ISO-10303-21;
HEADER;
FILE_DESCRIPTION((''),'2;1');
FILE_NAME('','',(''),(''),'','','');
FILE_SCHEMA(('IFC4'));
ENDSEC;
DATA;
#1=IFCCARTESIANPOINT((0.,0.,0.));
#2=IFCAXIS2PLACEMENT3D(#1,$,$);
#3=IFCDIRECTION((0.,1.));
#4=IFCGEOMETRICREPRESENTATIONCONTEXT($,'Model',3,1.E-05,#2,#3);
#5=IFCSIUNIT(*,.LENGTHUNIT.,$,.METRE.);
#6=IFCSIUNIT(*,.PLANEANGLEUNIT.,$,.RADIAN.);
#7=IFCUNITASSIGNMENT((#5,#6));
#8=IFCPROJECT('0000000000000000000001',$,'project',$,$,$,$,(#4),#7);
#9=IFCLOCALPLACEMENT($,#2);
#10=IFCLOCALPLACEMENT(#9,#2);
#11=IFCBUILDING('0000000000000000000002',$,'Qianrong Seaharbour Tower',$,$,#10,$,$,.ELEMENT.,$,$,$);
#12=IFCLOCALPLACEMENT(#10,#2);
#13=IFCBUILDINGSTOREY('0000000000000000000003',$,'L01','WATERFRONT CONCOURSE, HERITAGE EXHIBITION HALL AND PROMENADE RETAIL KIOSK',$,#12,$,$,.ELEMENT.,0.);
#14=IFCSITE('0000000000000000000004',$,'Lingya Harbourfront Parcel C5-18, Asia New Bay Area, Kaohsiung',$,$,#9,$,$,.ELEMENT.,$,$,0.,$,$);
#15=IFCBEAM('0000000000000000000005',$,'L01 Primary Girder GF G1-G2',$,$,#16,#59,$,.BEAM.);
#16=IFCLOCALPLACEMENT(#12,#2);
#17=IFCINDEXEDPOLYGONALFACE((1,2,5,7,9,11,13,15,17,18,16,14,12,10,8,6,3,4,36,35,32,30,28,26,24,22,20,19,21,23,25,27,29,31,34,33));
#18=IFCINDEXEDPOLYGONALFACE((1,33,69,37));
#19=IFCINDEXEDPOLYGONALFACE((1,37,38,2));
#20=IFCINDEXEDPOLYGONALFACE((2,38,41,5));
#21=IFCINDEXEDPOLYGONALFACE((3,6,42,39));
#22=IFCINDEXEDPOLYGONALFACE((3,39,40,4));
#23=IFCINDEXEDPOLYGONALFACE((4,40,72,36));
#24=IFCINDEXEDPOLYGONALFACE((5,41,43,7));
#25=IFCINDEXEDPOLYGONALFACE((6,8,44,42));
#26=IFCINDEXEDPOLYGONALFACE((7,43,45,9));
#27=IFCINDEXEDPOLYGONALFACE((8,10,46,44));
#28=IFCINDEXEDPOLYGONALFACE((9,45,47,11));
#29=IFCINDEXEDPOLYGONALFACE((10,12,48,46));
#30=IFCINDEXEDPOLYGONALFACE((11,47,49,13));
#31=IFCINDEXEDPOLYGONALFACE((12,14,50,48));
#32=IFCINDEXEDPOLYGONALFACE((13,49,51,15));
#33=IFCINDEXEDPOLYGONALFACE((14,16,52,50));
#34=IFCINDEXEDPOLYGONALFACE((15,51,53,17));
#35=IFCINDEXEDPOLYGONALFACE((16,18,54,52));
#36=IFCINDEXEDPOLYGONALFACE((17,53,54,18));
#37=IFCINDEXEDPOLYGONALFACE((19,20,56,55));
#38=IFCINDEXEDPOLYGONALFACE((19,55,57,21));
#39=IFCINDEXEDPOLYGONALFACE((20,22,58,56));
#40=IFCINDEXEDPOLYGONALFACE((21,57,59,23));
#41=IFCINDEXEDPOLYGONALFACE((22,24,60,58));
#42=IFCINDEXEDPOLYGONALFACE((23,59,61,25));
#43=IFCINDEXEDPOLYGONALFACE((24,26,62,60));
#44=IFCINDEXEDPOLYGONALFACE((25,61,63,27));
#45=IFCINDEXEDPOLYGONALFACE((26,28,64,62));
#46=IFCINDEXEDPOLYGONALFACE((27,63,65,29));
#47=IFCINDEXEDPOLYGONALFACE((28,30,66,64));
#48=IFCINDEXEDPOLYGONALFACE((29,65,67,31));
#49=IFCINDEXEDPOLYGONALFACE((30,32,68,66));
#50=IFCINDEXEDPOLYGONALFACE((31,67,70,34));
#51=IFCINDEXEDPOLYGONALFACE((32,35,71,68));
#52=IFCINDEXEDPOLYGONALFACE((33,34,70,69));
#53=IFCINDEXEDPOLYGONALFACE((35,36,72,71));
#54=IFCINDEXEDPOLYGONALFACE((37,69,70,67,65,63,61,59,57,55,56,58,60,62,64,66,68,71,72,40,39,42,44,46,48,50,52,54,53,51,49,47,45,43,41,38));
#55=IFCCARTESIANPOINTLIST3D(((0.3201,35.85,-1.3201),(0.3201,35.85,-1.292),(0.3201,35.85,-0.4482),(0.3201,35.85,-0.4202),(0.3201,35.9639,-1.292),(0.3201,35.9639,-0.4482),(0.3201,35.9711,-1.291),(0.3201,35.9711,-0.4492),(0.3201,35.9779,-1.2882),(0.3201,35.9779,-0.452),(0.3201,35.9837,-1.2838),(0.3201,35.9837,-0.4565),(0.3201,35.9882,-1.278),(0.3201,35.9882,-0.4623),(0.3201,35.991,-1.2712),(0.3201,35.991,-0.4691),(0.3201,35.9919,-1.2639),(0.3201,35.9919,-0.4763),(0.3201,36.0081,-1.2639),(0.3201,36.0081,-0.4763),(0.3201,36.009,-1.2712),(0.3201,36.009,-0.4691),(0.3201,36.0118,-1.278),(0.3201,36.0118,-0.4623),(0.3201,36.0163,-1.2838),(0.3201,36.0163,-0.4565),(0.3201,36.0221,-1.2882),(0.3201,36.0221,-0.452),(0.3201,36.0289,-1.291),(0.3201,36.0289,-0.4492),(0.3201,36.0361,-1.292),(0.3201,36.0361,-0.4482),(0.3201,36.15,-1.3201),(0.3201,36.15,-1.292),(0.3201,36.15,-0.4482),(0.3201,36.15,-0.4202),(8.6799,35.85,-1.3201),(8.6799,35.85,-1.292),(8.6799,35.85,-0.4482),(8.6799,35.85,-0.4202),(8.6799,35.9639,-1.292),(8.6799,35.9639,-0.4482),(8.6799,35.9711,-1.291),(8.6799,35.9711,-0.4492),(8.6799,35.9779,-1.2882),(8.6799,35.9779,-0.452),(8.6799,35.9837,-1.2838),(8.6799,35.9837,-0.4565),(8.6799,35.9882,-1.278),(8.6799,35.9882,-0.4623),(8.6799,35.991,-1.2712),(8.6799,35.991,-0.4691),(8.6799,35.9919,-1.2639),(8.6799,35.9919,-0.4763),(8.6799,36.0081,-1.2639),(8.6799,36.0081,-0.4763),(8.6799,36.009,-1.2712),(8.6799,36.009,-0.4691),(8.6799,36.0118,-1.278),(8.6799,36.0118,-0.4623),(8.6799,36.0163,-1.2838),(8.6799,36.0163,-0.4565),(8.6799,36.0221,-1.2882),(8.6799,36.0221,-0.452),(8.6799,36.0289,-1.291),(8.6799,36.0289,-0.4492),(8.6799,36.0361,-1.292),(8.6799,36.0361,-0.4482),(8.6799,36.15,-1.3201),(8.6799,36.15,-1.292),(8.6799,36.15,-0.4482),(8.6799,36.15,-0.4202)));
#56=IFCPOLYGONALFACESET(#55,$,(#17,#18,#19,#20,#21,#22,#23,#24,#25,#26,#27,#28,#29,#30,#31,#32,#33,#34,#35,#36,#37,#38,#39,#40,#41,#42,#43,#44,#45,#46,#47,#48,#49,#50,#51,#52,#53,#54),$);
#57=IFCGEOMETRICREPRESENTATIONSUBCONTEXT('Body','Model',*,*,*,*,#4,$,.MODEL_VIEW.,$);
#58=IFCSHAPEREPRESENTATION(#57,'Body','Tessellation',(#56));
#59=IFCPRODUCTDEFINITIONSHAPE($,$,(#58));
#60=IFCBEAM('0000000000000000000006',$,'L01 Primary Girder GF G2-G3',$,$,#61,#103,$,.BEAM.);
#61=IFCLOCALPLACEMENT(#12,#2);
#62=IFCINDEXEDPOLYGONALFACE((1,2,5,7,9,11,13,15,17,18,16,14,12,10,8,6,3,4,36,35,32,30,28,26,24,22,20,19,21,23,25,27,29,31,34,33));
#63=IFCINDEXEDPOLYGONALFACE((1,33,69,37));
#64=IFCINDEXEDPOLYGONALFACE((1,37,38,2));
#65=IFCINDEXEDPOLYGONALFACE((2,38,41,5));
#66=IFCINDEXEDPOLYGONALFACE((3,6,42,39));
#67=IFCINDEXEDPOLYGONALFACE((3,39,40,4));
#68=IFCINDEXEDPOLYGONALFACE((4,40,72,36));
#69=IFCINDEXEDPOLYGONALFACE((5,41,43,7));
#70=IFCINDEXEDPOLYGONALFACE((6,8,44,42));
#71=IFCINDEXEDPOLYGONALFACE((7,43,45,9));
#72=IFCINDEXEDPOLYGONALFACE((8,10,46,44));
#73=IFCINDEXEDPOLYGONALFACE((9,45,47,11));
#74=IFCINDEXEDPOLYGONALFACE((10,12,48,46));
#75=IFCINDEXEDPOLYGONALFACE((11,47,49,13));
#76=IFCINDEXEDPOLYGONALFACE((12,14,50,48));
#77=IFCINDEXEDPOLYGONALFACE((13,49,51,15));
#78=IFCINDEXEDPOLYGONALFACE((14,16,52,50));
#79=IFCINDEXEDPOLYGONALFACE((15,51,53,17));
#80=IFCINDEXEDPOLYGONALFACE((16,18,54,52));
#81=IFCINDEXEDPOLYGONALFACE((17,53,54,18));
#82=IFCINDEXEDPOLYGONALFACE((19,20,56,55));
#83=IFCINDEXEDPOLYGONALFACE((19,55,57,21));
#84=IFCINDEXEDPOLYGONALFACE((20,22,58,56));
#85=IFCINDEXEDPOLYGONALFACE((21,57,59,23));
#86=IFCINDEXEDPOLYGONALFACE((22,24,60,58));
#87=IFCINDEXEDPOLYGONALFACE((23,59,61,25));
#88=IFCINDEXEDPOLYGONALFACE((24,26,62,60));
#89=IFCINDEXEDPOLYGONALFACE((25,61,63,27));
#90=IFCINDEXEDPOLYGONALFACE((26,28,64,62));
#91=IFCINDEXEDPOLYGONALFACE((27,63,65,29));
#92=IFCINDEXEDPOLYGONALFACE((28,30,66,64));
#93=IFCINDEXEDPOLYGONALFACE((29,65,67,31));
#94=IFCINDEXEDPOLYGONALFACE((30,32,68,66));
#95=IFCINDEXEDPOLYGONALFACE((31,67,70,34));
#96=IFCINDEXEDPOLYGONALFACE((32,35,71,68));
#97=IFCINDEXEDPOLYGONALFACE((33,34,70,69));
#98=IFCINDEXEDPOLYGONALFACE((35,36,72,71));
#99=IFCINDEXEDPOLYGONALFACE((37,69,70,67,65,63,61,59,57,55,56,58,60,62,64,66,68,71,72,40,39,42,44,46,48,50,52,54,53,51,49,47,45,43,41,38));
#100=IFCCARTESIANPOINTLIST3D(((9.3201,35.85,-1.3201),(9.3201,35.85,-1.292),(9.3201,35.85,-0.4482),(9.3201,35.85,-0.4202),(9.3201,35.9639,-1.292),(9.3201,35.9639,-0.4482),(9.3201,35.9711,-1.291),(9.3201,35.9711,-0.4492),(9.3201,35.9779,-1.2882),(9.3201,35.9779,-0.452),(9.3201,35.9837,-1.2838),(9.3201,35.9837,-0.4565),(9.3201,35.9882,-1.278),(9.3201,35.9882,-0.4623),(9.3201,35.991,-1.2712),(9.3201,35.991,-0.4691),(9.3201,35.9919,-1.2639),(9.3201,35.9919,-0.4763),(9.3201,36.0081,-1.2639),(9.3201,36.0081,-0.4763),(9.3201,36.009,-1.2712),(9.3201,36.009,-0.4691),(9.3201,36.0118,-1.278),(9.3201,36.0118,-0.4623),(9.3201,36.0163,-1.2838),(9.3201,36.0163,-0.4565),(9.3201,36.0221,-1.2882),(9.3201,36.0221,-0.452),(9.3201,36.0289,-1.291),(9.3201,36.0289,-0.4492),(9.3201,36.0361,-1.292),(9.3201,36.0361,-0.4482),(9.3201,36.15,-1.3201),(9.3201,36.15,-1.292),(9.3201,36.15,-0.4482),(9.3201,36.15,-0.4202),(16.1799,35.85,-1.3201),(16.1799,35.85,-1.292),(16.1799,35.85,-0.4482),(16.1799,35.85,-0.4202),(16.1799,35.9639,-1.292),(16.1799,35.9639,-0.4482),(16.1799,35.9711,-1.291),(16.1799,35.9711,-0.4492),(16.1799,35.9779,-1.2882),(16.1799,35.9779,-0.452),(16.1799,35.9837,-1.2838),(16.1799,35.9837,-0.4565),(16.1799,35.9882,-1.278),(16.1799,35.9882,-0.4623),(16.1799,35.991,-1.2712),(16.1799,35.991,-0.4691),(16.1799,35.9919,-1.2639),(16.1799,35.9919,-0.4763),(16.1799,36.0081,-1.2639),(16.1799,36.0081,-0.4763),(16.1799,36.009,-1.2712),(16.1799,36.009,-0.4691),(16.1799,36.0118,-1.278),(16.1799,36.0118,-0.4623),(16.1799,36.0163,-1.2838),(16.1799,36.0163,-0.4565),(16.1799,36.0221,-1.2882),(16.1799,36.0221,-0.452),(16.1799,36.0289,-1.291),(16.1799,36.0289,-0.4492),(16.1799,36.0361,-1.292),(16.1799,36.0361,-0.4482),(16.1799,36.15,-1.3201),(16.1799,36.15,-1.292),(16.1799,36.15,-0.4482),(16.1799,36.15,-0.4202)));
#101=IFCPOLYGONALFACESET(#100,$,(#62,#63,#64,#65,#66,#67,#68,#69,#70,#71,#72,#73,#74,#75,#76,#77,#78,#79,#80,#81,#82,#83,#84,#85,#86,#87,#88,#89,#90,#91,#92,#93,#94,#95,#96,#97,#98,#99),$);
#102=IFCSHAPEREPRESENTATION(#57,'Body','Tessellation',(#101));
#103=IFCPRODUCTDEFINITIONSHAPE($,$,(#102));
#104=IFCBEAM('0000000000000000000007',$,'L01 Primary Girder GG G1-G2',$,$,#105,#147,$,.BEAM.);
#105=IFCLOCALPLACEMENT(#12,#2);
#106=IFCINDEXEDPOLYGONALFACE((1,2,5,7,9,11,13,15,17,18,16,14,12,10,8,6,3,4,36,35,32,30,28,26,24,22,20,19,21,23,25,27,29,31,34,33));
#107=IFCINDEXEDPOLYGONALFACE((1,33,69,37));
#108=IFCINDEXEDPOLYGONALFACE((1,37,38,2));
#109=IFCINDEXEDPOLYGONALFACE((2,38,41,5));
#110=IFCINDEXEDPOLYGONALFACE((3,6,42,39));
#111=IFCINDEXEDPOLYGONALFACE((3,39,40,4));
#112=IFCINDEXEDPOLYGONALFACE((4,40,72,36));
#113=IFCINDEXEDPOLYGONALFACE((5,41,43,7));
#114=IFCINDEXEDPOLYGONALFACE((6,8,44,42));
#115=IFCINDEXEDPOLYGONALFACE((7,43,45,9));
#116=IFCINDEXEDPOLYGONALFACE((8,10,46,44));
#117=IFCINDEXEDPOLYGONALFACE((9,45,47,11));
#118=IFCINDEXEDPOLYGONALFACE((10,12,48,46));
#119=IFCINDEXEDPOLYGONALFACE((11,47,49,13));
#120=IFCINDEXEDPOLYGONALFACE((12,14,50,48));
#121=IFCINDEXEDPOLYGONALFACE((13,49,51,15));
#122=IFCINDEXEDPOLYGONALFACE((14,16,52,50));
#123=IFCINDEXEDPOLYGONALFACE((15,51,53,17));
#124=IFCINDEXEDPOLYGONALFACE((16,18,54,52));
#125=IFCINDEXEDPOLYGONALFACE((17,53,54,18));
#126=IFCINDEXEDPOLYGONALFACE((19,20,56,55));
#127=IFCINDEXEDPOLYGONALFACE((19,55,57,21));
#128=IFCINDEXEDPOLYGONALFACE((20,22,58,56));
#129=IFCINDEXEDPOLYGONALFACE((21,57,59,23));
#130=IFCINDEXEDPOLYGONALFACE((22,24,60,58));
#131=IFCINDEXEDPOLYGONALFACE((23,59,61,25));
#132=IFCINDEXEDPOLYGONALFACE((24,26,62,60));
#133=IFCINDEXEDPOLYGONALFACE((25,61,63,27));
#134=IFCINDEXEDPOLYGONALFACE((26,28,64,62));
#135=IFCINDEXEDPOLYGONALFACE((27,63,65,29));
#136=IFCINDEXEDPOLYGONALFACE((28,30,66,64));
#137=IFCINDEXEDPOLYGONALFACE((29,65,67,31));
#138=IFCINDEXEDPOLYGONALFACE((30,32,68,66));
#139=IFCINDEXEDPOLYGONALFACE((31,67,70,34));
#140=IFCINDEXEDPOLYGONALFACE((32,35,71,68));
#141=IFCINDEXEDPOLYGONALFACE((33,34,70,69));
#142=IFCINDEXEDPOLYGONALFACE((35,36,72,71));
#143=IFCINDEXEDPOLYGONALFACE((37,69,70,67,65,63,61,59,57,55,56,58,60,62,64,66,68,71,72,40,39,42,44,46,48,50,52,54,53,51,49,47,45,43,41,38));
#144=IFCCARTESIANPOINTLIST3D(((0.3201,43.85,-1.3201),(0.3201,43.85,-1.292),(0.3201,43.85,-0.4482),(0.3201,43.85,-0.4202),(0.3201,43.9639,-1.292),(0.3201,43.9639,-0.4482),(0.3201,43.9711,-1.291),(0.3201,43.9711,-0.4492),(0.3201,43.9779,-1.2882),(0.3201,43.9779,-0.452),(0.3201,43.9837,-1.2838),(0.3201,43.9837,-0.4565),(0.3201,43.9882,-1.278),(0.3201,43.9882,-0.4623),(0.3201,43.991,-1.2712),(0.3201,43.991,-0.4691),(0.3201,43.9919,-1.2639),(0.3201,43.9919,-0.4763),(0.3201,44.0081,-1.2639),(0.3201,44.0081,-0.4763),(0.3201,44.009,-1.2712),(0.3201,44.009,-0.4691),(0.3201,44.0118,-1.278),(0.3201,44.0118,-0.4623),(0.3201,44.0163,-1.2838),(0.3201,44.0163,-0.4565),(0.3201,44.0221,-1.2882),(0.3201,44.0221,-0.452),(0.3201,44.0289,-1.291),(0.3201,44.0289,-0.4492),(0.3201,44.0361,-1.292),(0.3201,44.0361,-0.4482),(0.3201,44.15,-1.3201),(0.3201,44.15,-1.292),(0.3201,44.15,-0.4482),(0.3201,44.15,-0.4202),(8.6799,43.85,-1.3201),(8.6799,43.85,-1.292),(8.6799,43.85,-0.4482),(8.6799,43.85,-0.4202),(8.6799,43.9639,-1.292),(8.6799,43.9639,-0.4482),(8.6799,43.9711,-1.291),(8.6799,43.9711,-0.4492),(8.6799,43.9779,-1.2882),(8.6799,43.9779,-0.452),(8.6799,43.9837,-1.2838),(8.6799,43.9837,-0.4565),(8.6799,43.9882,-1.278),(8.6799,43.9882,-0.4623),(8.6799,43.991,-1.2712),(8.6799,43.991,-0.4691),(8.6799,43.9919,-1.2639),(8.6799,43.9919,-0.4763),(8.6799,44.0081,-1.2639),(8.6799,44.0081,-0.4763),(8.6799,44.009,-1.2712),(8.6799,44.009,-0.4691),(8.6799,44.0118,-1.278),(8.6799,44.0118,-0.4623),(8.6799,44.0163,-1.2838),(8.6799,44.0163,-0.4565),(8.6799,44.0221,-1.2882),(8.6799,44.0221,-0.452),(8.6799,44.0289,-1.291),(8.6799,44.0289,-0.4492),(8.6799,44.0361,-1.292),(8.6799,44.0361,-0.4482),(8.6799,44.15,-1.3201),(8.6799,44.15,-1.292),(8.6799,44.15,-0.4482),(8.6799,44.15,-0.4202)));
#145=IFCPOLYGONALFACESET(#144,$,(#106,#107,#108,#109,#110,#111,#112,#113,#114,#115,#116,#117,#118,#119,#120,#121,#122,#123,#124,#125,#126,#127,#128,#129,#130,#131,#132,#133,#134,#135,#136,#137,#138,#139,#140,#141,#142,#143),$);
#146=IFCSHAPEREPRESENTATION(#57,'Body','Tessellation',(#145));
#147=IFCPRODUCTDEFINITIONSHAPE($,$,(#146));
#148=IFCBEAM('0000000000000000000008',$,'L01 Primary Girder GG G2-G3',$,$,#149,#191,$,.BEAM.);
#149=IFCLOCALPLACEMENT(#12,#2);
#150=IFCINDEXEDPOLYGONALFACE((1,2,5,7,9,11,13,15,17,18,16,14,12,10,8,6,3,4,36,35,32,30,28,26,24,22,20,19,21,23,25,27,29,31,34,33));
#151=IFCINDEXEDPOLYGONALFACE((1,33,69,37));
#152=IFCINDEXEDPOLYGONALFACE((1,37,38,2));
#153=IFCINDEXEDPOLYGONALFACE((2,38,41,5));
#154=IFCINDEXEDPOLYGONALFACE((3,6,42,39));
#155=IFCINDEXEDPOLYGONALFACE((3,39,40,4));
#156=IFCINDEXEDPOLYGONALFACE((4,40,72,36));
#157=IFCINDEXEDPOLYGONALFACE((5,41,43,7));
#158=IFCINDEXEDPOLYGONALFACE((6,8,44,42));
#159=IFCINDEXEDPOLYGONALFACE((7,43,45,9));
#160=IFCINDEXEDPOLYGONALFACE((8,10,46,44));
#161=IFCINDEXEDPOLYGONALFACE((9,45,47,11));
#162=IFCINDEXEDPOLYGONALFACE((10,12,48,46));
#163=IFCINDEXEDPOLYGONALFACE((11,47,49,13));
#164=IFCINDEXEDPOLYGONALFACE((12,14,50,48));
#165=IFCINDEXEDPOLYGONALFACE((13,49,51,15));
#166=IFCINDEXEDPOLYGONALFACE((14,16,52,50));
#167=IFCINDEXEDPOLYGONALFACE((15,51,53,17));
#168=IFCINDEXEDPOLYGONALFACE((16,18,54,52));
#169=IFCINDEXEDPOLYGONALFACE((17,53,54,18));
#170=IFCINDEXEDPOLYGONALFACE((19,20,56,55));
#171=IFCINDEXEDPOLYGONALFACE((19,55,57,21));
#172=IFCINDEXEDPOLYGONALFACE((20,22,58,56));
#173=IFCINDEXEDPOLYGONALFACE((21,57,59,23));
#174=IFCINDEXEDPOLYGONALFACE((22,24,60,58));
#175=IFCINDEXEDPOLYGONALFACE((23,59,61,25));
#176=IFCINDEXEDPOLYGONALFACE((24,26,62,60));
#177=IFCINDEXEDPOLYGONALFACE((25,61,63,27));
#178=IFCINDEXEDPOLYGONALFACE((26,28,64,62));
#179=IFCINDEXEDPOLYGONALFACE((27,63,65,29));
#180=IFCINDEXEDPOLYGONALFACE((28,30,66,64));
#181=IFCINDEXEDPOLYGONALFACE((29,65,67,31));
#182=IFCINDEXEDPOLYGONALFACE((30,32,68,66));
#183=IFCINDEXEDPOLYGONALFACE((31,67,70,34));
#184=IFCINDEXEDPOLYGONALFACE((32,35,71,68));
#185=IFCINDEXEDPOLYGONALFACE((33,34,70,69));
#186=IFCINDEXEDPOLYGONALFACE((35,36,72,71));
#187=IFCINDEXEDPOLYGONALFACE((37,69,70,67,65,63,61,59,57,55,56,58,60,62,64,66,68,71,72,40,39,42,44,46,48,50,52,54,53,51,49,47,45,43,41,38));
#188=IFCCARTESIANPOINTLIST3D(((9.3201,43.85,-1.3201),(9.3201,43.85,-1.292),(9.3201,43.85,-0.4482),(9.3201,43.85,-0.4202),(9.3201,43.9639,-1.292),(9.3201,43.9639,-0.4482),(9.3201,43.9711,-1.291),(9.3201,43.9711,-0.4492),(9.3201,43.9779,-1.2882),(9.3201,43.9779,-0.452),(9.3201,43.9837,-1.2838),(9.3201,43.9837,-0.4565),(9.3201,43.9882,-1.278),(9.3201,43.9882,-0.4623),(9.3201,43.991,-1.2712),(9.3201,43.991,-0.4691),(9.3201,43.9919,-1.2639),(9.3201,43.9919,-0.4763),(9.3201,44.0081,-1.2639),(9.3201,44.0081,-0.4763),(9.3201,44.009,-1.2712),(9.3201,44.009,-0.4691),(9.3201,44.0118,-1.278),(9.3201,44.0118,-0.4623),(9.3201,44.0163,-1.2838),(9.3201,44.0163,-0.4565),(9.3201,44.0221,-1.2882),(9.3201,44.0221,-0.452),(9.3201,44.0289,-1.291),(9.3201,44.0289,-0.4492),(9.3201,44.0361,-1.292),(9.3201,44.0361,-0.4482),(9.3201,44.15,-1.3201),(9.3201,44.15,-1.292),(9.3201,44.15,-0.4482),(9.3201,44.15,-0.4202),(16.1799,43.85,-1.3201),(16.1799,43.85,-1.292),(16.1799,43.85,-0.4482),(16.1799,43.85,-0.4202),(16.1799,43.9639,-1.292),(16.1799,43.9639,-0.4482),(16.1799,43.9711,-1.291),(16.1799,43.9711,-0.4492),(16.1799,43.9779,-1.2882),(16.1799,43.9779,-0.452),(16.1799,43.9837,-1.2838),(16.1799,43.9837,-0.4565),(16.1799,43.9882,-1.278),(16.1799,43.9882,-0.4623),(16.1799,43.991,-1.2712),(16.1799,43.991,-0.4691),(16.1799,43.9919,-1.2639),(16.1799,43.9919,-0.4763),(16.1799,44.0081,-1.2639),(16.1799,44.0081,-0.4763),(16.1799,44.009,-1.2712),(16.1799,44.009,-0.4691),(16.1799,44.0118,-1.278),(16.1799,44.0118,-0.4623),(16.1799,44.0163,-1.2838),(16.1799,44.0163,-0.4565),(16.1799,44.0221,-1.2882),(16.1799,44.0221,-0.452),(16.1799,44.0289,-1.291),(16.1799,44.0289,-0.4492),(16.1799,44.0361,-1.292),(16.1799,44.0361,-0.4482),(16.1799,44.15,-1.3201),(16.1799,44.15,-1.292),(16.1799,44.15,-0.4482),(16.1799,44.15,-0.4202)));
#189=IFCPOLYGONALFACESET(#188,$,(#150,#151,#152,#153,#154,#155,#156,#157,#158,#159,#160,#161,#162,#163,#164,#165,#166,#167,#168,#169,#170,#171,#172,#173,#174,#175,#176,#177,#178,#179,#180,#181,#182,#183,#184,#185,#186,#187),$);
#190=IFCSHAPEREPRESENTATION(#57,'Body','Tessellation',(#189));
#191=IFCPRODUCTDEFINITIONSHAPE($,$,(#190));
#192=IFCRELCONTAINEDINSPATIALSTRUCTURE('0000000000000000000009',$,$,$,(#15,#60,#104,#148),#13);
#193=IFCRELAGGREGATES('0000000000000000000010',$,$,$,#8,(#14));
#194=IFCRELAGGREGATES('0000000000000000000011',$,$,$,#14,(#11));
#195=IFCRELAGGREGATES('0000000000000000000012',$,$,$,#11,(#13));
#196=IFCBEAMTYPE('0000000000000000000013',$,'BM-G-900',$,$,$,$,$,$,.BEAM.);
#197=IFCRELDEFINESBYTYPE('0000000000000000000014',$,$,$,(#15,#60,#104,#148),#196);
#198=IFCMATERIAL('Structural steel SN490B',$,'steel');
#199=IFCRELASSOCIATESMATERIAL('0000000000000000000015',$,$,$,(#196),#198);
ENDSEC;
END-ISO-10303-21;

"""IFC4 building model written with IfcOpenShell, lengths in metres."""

from ifc_helpers import new_model, si_unit, direction, frame, origin, origin_2d, place, context, subcontext, project, spatial, i_section, extrude, material, material_profile, profile_set, type_object, element, save


model = new_model("IFC4")

# Units and contexts
model_context = context("Model", 3, precision=1e-05, world=origin(), true_north=direction((0.0, 1.0)))
body_context = subcontext(model_context, "Body", "Model", "MODEL_VIEW")
ifc_project = project(units=[si_unit("LENGTHUNIT", "METRE"), si_unit("PLANEANGLEUNIT", "RADIAN")], contexts=[model_context])

# Site, building, storey
site_placement = place(None, origin())
site = spatial("IfcSite", under=ifc_project, at=site_placement, Name="Lingya Harbourfront Parcel C5-18, Asia New Bay Area, Kaohsiung", CompositionType="ELEMENT", RefElevation=0.0)
building_placement = place(site_placement, origin())
building = spatial("IfcBuilding", under=site, at=building_placement, Name="Qianrong Seaharbour Tower", CompositionType="ELEMENT")
storey_placement = place(building_placement, origin())
storey = spatial("IfcBuildingStorey", under=building, at=storey_placement, Name="L01", Description="WATERFRONT CONCOURSE, HERITAGE EXHIBITION HALL AND PROMENADE RETAIL KIOSK", CompositionType="ELEMENT", Elevation=0.0)

# Shared definitions
ifc_material_1 = material(Name="Structural steel SN490B", Category="steel")

# Beams
ifc_material_profile_1 = material_profile(ifc_material_1, i_section(OverallWidth=0.3, OverallDepth=0.8999, WebThickness=0.0161, FlangeThickness=0.0281, FilletRadius=0.0281, at=origin_2d()), Name="H900x300x16x28")
ifc_profile_set_1 = profile_set([ifc_material_profile_1], Name="Structural steel SN490B")
beam_type_1 = type_object("IfcBeamType", Name="BM-G-900", PredefinedType="BEAM", material=ifc_profile_set_1)
beam_1_placement = place(storey_placement, frame((0.3201, 36.0, -0.8701), z_axis=(1.0, 0.0, 0.0), x_axis=(0.0, 1.0, 0.0)))
element("IfcBeam", 1, at=beam_1_placement, inside=storey, type_object=beam_type_1, Name="L01 Primary Girder GF G1-G2", PredefinedType="BEAM", context=body_context, shape_type="SweptSolid", body=[
    extrude(i_section(OverallWidth=0.3, OverallDepth=0.8999, WebThickness=0.0161, FlangeThickness=0.0281, FilletRadius=0.0281, at=origin_2d()), origin(), (0.0, 0.0, 1.0), 8.3599),
])
beam_2_placement = place(storey_placement, frame((9.3201, 36.0, -0.8701), z_axis=(1.0, 0.0, 0.0), x_axis=(0.0, 1.0, 0.0)))
element("IfcBeam", 2, at=beam_2_placement, inside=storey, type_object=beam_type_1, Name="L01 Primary Girder GF G2-G3", PredefinedType="BEAM", context=body_context, shape_type="SweptSolid", body=[
    extrude(i_section(OverallWidth=0.3, OverallDepth=0.8999, WebThickness=0.0161, FlangeThickness=0.0281, FilletRadius=0.0281, at=origin_2d()), origin(), (0.0, 0.0, 1.0), 6.8599),
])
beam_3_placement = place(storey_placement, frame((0.3201, 44.0, -0.8701), z_axis=(1.0, 0.0, 0.0), x_axis=(0.0, 1.0, 0.0)))
element("IfcBeam", 3, at=beam_3_placement, inside=storey, type_object=beam_type_1, Name="L01 Primary Girder GG G1-G2", PredefinedType="BEAM", context=body_context, shape_type="SweptSolid", body=[
    extrude(i_section(OverallWidth=0.3, OverallDepth=0.8999, WebThickness=0.0161, FlangeThickness=0.0281, FilletRadius=0.0281, at=origin_2d()), origin(), (0.0, 0.0, 1.0), 8.3599),
])
beam_4_placement = place(storey_placement, frame((9.3201, 44.0, -0.8701), z_axis=(1.0, 0.0, 0.0), x_axis=(0.0, 1.0, 0.0)))
element("IfcBeam", 4, at=beam_4_placement, inside=storey, type_object=beam_type_1, Name="L01 Primary Girder GG G2-G3", PredefinedType="BEAM", context=body_context, shape_type="SweptSolid", body=[
    extrude(i_section(OverallWidth=0.3, OverallDepth=0.8999, WebThickness=0.0161, FlangeThickness=0.0281, FilletRadius=0.0281, at=origin_2d()), origin(), (0.0, 0.0, 1.0), 6.8599),
])

save(model, "model.ifc")
